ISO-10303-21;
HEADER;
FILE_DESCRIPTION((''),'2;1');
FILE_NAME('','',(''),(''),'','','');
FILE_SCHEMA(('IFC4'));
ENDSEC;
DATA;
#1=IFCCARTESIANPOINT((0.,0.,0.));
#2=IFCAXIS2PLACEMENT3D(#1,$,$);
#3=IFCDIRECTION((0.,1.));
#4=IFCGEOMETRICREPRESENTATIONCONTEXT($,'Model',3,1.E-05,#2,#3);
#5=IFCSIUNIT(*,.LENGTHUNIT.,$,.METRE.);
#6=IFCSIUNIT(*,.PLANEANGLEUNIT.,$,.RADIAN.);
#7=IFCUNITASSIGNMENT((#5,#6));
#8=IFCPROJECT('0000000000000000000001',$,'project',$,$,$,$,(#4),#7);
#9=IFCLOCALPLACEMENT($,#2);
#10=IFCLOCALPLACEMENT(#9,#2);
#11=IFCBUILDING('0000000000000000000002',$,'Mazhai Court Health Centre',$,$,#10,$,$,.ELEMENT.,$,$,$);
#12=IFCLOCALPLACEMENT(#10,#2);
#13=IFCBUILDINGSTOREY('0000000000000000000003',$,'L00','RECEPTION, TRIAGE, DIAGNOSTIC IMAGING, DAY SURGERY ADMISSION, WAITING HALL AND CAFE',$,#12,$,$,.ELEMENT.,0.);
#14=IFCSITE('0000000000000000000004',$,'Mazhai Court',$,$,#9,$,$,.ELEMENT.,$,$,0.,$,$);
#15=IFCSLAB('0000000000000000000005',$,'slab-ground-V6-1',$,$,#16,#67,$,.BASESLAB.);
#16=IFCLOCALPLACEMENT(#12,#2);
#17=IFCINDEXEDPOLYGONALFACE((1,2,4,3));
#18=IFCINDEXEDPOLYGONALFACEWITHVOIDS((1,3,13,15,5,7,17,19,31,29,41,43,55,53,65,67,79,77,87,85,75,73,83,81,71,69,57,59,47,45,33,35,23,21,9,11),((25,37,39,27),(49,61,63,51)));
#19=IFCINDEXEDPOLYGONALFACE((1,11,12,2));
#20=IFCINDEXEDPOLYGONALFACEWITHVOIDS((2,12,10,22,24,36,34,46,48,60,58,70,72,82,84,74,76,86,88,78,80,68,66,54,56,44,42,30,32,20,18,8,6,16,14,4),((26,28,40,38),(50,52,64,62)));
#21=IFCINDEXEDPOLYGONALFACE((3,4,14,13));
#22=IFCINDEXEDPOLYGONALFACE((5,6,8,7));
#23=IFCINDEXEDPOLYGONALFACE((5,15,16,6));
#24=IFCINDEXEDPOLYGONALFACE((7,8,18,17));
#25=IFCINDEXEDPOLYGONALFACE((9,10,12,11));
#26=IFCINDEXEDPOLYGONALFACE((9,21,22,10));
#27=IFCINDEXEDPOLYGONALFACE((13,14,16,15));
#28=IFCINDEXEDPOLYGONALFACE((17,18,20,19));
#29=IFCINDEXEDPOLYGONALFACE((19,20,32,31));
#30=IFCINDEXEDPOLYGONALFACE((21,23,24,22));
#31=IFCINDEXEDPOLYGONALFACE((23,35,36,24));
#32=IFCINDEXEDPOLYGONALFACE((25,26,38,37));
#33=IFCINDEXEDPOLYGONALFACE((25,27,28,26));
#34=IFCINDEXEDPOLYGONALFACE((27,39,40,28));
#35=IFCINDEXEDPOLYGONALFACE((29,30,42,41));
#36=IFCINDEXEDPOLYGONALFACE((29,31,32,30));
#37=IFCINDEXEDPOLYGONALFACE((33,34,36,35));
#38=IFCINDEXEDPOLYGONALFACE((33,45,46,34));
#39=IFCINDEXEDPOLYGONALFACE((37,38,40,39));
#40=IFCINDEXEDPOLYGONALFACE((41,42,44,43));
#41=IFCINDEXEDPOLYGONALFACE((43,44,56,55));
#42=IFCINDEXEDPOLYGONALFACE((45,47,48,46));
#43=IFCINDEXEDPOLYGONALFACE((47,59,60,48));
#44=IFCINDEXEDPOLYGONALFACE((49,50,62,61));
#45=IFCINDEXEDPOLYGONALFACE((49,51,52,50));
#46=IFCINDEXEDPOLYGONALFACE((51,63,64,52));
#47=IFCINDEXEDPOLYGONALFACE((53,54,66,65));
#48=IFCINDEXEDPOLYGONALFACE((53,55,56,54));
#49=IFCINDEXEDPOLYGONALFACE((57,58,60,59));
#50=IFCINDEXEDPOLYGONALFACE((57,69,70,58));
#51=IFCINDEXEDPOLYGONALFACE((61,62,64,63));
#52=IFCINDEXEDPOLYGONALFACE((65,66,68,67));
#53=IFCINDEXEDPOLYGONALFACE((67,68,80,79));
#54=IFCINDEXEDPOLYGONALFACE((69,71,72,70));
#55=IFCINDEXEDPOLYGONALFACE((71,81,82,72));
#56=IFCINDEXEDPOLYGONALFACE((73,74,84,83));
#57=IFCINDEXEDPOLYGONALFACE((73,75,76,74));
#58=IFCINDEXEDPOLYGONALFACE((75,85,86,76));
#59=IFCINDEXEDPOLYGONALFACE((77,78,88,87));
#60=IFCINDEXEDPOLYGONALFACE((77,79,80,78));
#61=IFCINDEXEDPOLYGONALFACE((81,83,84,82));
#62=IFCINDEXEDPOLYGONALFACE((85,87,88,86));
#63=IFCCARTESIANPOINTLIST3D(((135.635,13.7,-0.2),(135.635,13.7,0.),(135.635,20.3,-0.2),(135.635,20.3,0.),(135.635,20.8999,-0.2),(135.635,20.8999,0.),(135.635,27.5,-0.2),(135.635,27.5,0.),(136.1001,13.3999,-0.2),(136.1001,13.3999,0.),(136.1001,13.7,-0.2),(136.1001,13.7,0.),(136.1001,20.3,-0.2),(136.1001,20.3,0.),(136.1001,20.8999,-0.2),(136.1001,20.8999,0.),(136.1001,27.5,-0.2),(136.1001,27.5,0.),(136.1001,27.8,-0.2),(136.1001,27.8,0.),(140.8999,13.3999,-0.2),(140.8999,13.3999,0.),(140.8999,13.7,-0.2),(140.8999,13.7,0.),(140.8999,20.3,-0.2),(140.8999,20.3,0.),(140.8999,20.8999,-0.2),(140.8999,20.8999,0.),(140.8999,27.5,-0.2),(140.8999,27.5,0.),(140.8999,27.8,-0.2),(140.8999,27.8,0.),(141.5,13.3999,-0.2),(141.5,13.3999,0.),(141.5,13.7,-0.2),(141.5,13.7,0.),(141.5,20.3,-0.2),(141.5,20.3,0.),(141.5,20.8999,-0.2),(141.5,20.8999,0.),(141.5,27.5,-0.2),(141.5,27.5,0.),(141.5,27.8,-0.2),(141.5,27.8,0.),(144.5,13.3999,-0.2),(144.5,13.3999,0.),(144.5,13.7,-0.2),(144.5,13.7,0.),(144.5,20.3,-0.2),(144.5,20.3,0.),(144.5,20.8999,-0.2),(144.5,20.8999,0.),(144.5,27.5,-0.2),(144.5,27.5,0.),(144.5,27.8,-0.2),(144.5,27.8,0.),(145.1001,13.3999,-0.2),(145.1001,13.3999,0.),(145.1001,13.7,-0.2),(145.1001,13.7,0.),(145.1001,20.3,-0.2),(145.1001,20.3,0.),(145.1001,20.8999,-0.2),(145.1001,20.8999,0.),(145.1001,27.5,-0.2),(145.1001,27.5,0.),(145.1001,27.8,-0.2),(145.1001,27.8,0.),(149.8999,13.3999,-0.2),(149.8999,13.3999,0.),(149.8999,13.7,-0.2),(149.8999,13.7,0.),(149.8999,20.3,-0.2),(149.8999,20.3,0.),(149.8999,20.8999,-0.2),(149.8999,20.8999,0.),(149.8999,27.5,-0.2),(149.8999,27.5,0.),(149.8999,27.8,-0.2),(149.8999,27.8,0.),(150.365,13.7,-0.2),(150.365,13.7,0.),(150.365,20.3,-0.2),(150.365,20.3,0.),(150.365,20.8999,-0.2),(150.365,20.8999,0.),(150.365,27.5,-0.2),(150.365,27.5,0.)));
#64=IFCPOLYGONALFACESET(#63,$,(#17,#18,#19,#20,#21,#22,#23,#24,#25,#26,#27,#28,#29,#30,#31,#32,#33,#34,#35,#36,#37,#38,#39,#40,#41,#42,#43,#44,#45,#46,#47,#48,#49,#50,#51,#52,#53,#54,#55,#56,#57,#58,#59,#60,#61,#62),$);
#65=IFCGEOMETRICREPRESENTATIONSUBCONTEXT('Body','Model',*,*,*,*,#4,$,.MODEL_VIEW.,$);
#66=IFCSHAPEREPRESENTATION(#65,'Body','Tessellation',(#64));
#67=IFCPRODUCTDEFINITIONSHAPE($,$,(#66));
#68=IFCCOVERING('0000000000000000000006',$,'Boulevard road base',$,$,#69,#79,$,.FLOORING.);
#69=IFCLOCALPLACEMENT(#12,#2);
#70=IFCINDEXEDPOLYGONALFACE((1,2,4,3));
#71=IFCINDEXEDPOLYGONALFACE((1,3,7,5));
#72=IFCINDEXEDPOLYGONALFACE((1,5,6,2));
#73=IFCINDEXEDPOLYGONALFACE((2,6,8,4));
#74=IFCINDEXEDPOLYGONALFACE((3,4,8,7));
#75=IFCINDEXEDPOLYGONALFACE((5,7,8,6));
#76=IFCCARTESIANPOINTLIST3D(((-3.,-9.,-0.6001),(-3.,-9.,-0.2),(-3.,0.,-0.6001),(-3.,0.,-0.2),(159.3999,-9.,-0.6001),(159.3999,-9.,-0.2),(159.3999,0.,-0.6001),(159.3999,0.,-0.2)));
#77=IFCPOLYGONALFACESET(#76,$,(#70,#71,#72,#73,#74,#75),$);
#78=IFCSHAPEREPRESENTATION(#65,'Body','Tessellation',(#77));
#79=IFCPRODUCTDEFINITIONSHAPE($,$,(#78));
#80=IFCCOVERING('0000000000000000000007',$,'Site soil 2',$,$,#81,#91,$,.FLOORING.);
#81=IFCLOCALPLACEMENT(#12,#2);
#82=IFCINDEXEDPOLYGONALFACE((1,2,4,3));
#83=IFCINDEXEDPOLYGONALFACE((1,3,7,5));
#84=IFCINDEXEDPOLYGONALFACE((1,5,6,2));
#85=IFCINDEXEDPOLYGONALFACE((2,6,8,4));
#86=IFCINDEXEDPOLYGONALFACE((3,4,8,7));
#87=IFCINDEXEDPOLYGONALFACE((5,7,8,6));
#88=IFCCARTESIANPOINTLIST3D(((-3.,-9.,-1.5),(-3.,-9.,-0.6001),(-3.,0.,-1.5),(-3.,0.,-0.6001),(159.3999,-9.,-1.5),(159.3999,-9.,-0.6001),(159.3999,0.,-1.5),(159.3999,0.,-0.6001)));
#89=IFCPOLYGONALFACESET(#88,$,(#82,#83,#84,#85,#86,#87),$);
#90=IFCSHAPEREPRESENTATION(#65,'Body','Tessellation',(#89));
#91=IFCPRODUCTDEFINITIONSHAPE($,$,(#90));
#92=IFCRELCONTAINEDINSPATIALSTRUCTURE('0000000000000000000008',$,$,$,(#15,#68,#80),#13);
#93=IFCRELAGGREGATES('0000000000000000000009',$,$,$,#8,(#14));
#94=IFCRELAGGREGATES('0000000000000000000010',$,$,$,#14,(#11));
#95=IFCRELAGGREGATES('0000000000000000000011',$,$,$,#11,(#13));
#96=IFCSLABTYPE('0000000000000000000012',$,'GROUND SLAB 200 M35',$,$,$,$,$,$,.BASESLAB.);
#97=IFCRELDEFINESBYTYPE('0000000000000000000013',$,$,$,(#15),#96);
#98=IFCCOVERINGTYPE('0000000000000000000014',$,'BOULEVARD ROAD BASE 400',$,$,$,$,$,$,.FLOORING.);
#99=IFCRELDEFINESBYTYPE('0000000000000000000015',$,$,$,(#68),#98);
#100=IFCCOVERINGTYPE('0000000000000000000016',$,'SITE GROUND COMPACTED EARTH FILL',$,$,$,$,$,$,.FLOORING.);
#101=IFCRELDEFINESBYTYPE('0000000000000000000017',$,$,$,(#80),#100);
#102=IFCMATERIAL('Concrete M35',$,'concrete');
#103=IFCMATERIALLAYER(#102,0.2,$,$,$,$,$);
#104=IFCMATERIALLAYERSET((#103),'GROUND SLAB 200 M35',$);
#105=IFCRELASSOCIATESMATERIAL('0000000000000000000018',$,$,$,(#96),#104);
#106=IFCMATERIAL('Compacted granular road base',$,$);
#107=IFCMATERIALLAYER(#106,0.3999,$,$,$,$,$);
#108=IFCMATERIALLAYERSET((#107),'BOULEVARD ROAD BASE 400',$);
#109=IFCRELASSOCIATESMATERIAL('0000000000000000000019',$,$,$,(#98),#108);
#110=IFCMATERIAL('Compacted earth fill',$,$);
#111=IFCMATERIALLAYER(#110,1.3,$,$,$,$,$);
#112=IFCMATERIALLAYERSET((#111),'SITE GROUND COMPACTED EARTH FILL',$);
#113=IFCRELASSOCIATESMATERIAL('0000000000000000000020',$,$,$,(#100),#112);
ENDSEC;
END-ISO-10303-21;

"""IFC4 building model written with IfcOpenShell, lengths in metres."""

from ifc_helpers import new_model, si_unit, direction, frame, origin, place, context, subcontext, project, spatial, polyline, outline, extrude, material, layer, layer_set, type_object, element, save


model = new_model("IFC4")

# Units and contexts
model_context = context("Model", 3, precision=1e-05, world=origin(), true_north=direction((0.0, 1.0)))
body_context = subcontext(model_context, "Body", "Model", "MODEL_VIEW")
ifc_project = project(units=[si_unit("LENGTHUNIT", "METRE"), si_unit("PLANEANGLEUNIT", "RADIAN")], contexts=[model_context])

# Site, building, storey
site_placement = place(None, origin())
site = spatial("IfcSite", under=ifc_project, at=site_placement, Name="Mazhai Court", CompositionType="ELEMENT", RefElevation=0.0)
building_placement = place(site_placement, origin())
building = spatial("IfcBuilding", under=site, at=building_placement, Name="Mazhai Court Health Centre", CompositionType="ELEMENT")
storey_placement = place(building_placement, origin())
storey = spatial("IfcBuildingStorey", under=building, at=storey_placement, Name="L00", Description="RECEPTION, TRIAGE, DIAGNOSTIC IMAGING, DAY SURGERY ADMISSION, WAITING HALL AND CAFE", CompositionType="ELEMENT", Elevation=0.0)

# Slab
ifc_material_1 = material(Name="Concrete M35", Category="concrete")
ifc_layer_1 = layer(ifc_material_1, 0.2)
ifc_layer_set_1 = layer_set([ifc_layer_1], Name="GROUND SLAB 200 M35")
slab_type = type_object("IfcSlabType", Name="GROUND SLAB 200 M35", PredefinedType="BASESLAB", material=ifc_layer_set_1)
slab_1_placement = place(storey_placement, frame((0.0, 0.0, -0.2)))
element("IfcSlab", 1, at=slab_1_placement, inside=storey, type_object=slab_type, Name="slab-ground-V6-1", PredefinedType="BASESLAB", context=body_context, shape_type="SweptSolid", body=[
    extrude(outline(polyline([(150.365, 13.7), (149.8999, 13.7), (149.8999, 13.3999), (145.1001, 13.3999), (145.1001, 13.7), (144.5, 13.7), (144.5, 13.3999), (141.5, 13.3999), (141.5, 13.7), (140.8999, 13.7), (140.8999, 13.3999), (136.1001, 13.3999), (136.1001, 13.7), (135.635, 13.7), (135.635, 20.3), (136.1001, 20.3), (136.1001, 20.8999), (135.635, 20.8999), (135.635, 27.5), (136.1001, 27.5), (136.1001, 27.8), (140.8999, 27.8), (140.8999, 27.5), (141.5, 27.5), (141.5, 27.8), (144.5, 27.8), (144.5, 27.5), (145.1001, 27.5), (145.1001, 27.8), (149.8999, 27.8), (149.8999, 27.5), (150.365, 27.5), (150.365, 20.8999), (149.8999, 20.8999), (149.8999, 20.3), (150.365, 20.3), (150.365, 13.7)]), holes=[polyline([(144.5, 20.8999), (144.5, 20.3), (145.1001, 20.3), (145.1001, 20.8999), (144.5, 20.8999)]), polyline([(140.8999, 20.3), (141.5, 20.3), (141.5, 20.8999), (140.8999, 20.8999), (140.8999, 20.3)])]), origin(), (0.0, 0.0, 1.0), 0.2),
])

# Coverings
ifc_material_2 = material(Name="Compacted granular road base")
ifc_layer_2 = layer(ifc_material_2, 0.3999)
ifc_layer_set_2 = layer_set([ifc_layer_2], Name="BOULEVARD ROAD BASE 400")
covering_type_1 = type_object("IfcCoveringType", Name="BOULEVARD ROAD BASE 400", PredefinedType="FLOORING", material=ifc_layer_set_2)
covering_1_placement = place(storey_placement, frame((0.0, 0.0, -0.6001)))
element("IfcCovering", 2, at=covering_1_placement, inside=storey, type_object=covering_type_1, Name="Boulevard road base", PredefinedType="FLOORING", context=body_context, shape_type="SweptSolid", body=[
    extrude(outline(polyline([(-3.0, -9.0), (159.3999, -9.0), (159.3999, 0.0), (-3.0, 0.0), (-3.0, -9.0)])), origin(), (0.0, 0.0, 1.0), 0.4001),
])
ifc_material_3 = material(Name="Compacted earth fill")
ifc_layer_3 = layer(ifc_material_3, 1.3)
ifc_layer_set_3 = layer_set([ifc_layer_3], Name="SITE GROUND COMPACTED EARTH FILL")
covering_type_2 = type_object("IfcCoveringType", Name="SITE GROUND COMPACTED EARTH FILL", PredefinedType="FLOORING", material=ifc_layer_set_3)
covering_2_placement = place(storey_placement, frame((0.0, 0.0, -1.5)))
element("IfcCovering", 3, at=covering_2_placement, inside=storey, type_object=covering_type_2, Name="Site soil 2", PredefinedType="FLOORING", context=body_context, shape_type="SweptSolid", body=[
    extrude(outline(polyline([(-3.0, -9.0), (-3.0, 0.0), (159.3999, 0.0), (159.3999, -9.0), (-3.0, -9.0)])), origin(), (0.0, 0.0, 1.0), 0.8999),
])

save(model, "model.ifc")
